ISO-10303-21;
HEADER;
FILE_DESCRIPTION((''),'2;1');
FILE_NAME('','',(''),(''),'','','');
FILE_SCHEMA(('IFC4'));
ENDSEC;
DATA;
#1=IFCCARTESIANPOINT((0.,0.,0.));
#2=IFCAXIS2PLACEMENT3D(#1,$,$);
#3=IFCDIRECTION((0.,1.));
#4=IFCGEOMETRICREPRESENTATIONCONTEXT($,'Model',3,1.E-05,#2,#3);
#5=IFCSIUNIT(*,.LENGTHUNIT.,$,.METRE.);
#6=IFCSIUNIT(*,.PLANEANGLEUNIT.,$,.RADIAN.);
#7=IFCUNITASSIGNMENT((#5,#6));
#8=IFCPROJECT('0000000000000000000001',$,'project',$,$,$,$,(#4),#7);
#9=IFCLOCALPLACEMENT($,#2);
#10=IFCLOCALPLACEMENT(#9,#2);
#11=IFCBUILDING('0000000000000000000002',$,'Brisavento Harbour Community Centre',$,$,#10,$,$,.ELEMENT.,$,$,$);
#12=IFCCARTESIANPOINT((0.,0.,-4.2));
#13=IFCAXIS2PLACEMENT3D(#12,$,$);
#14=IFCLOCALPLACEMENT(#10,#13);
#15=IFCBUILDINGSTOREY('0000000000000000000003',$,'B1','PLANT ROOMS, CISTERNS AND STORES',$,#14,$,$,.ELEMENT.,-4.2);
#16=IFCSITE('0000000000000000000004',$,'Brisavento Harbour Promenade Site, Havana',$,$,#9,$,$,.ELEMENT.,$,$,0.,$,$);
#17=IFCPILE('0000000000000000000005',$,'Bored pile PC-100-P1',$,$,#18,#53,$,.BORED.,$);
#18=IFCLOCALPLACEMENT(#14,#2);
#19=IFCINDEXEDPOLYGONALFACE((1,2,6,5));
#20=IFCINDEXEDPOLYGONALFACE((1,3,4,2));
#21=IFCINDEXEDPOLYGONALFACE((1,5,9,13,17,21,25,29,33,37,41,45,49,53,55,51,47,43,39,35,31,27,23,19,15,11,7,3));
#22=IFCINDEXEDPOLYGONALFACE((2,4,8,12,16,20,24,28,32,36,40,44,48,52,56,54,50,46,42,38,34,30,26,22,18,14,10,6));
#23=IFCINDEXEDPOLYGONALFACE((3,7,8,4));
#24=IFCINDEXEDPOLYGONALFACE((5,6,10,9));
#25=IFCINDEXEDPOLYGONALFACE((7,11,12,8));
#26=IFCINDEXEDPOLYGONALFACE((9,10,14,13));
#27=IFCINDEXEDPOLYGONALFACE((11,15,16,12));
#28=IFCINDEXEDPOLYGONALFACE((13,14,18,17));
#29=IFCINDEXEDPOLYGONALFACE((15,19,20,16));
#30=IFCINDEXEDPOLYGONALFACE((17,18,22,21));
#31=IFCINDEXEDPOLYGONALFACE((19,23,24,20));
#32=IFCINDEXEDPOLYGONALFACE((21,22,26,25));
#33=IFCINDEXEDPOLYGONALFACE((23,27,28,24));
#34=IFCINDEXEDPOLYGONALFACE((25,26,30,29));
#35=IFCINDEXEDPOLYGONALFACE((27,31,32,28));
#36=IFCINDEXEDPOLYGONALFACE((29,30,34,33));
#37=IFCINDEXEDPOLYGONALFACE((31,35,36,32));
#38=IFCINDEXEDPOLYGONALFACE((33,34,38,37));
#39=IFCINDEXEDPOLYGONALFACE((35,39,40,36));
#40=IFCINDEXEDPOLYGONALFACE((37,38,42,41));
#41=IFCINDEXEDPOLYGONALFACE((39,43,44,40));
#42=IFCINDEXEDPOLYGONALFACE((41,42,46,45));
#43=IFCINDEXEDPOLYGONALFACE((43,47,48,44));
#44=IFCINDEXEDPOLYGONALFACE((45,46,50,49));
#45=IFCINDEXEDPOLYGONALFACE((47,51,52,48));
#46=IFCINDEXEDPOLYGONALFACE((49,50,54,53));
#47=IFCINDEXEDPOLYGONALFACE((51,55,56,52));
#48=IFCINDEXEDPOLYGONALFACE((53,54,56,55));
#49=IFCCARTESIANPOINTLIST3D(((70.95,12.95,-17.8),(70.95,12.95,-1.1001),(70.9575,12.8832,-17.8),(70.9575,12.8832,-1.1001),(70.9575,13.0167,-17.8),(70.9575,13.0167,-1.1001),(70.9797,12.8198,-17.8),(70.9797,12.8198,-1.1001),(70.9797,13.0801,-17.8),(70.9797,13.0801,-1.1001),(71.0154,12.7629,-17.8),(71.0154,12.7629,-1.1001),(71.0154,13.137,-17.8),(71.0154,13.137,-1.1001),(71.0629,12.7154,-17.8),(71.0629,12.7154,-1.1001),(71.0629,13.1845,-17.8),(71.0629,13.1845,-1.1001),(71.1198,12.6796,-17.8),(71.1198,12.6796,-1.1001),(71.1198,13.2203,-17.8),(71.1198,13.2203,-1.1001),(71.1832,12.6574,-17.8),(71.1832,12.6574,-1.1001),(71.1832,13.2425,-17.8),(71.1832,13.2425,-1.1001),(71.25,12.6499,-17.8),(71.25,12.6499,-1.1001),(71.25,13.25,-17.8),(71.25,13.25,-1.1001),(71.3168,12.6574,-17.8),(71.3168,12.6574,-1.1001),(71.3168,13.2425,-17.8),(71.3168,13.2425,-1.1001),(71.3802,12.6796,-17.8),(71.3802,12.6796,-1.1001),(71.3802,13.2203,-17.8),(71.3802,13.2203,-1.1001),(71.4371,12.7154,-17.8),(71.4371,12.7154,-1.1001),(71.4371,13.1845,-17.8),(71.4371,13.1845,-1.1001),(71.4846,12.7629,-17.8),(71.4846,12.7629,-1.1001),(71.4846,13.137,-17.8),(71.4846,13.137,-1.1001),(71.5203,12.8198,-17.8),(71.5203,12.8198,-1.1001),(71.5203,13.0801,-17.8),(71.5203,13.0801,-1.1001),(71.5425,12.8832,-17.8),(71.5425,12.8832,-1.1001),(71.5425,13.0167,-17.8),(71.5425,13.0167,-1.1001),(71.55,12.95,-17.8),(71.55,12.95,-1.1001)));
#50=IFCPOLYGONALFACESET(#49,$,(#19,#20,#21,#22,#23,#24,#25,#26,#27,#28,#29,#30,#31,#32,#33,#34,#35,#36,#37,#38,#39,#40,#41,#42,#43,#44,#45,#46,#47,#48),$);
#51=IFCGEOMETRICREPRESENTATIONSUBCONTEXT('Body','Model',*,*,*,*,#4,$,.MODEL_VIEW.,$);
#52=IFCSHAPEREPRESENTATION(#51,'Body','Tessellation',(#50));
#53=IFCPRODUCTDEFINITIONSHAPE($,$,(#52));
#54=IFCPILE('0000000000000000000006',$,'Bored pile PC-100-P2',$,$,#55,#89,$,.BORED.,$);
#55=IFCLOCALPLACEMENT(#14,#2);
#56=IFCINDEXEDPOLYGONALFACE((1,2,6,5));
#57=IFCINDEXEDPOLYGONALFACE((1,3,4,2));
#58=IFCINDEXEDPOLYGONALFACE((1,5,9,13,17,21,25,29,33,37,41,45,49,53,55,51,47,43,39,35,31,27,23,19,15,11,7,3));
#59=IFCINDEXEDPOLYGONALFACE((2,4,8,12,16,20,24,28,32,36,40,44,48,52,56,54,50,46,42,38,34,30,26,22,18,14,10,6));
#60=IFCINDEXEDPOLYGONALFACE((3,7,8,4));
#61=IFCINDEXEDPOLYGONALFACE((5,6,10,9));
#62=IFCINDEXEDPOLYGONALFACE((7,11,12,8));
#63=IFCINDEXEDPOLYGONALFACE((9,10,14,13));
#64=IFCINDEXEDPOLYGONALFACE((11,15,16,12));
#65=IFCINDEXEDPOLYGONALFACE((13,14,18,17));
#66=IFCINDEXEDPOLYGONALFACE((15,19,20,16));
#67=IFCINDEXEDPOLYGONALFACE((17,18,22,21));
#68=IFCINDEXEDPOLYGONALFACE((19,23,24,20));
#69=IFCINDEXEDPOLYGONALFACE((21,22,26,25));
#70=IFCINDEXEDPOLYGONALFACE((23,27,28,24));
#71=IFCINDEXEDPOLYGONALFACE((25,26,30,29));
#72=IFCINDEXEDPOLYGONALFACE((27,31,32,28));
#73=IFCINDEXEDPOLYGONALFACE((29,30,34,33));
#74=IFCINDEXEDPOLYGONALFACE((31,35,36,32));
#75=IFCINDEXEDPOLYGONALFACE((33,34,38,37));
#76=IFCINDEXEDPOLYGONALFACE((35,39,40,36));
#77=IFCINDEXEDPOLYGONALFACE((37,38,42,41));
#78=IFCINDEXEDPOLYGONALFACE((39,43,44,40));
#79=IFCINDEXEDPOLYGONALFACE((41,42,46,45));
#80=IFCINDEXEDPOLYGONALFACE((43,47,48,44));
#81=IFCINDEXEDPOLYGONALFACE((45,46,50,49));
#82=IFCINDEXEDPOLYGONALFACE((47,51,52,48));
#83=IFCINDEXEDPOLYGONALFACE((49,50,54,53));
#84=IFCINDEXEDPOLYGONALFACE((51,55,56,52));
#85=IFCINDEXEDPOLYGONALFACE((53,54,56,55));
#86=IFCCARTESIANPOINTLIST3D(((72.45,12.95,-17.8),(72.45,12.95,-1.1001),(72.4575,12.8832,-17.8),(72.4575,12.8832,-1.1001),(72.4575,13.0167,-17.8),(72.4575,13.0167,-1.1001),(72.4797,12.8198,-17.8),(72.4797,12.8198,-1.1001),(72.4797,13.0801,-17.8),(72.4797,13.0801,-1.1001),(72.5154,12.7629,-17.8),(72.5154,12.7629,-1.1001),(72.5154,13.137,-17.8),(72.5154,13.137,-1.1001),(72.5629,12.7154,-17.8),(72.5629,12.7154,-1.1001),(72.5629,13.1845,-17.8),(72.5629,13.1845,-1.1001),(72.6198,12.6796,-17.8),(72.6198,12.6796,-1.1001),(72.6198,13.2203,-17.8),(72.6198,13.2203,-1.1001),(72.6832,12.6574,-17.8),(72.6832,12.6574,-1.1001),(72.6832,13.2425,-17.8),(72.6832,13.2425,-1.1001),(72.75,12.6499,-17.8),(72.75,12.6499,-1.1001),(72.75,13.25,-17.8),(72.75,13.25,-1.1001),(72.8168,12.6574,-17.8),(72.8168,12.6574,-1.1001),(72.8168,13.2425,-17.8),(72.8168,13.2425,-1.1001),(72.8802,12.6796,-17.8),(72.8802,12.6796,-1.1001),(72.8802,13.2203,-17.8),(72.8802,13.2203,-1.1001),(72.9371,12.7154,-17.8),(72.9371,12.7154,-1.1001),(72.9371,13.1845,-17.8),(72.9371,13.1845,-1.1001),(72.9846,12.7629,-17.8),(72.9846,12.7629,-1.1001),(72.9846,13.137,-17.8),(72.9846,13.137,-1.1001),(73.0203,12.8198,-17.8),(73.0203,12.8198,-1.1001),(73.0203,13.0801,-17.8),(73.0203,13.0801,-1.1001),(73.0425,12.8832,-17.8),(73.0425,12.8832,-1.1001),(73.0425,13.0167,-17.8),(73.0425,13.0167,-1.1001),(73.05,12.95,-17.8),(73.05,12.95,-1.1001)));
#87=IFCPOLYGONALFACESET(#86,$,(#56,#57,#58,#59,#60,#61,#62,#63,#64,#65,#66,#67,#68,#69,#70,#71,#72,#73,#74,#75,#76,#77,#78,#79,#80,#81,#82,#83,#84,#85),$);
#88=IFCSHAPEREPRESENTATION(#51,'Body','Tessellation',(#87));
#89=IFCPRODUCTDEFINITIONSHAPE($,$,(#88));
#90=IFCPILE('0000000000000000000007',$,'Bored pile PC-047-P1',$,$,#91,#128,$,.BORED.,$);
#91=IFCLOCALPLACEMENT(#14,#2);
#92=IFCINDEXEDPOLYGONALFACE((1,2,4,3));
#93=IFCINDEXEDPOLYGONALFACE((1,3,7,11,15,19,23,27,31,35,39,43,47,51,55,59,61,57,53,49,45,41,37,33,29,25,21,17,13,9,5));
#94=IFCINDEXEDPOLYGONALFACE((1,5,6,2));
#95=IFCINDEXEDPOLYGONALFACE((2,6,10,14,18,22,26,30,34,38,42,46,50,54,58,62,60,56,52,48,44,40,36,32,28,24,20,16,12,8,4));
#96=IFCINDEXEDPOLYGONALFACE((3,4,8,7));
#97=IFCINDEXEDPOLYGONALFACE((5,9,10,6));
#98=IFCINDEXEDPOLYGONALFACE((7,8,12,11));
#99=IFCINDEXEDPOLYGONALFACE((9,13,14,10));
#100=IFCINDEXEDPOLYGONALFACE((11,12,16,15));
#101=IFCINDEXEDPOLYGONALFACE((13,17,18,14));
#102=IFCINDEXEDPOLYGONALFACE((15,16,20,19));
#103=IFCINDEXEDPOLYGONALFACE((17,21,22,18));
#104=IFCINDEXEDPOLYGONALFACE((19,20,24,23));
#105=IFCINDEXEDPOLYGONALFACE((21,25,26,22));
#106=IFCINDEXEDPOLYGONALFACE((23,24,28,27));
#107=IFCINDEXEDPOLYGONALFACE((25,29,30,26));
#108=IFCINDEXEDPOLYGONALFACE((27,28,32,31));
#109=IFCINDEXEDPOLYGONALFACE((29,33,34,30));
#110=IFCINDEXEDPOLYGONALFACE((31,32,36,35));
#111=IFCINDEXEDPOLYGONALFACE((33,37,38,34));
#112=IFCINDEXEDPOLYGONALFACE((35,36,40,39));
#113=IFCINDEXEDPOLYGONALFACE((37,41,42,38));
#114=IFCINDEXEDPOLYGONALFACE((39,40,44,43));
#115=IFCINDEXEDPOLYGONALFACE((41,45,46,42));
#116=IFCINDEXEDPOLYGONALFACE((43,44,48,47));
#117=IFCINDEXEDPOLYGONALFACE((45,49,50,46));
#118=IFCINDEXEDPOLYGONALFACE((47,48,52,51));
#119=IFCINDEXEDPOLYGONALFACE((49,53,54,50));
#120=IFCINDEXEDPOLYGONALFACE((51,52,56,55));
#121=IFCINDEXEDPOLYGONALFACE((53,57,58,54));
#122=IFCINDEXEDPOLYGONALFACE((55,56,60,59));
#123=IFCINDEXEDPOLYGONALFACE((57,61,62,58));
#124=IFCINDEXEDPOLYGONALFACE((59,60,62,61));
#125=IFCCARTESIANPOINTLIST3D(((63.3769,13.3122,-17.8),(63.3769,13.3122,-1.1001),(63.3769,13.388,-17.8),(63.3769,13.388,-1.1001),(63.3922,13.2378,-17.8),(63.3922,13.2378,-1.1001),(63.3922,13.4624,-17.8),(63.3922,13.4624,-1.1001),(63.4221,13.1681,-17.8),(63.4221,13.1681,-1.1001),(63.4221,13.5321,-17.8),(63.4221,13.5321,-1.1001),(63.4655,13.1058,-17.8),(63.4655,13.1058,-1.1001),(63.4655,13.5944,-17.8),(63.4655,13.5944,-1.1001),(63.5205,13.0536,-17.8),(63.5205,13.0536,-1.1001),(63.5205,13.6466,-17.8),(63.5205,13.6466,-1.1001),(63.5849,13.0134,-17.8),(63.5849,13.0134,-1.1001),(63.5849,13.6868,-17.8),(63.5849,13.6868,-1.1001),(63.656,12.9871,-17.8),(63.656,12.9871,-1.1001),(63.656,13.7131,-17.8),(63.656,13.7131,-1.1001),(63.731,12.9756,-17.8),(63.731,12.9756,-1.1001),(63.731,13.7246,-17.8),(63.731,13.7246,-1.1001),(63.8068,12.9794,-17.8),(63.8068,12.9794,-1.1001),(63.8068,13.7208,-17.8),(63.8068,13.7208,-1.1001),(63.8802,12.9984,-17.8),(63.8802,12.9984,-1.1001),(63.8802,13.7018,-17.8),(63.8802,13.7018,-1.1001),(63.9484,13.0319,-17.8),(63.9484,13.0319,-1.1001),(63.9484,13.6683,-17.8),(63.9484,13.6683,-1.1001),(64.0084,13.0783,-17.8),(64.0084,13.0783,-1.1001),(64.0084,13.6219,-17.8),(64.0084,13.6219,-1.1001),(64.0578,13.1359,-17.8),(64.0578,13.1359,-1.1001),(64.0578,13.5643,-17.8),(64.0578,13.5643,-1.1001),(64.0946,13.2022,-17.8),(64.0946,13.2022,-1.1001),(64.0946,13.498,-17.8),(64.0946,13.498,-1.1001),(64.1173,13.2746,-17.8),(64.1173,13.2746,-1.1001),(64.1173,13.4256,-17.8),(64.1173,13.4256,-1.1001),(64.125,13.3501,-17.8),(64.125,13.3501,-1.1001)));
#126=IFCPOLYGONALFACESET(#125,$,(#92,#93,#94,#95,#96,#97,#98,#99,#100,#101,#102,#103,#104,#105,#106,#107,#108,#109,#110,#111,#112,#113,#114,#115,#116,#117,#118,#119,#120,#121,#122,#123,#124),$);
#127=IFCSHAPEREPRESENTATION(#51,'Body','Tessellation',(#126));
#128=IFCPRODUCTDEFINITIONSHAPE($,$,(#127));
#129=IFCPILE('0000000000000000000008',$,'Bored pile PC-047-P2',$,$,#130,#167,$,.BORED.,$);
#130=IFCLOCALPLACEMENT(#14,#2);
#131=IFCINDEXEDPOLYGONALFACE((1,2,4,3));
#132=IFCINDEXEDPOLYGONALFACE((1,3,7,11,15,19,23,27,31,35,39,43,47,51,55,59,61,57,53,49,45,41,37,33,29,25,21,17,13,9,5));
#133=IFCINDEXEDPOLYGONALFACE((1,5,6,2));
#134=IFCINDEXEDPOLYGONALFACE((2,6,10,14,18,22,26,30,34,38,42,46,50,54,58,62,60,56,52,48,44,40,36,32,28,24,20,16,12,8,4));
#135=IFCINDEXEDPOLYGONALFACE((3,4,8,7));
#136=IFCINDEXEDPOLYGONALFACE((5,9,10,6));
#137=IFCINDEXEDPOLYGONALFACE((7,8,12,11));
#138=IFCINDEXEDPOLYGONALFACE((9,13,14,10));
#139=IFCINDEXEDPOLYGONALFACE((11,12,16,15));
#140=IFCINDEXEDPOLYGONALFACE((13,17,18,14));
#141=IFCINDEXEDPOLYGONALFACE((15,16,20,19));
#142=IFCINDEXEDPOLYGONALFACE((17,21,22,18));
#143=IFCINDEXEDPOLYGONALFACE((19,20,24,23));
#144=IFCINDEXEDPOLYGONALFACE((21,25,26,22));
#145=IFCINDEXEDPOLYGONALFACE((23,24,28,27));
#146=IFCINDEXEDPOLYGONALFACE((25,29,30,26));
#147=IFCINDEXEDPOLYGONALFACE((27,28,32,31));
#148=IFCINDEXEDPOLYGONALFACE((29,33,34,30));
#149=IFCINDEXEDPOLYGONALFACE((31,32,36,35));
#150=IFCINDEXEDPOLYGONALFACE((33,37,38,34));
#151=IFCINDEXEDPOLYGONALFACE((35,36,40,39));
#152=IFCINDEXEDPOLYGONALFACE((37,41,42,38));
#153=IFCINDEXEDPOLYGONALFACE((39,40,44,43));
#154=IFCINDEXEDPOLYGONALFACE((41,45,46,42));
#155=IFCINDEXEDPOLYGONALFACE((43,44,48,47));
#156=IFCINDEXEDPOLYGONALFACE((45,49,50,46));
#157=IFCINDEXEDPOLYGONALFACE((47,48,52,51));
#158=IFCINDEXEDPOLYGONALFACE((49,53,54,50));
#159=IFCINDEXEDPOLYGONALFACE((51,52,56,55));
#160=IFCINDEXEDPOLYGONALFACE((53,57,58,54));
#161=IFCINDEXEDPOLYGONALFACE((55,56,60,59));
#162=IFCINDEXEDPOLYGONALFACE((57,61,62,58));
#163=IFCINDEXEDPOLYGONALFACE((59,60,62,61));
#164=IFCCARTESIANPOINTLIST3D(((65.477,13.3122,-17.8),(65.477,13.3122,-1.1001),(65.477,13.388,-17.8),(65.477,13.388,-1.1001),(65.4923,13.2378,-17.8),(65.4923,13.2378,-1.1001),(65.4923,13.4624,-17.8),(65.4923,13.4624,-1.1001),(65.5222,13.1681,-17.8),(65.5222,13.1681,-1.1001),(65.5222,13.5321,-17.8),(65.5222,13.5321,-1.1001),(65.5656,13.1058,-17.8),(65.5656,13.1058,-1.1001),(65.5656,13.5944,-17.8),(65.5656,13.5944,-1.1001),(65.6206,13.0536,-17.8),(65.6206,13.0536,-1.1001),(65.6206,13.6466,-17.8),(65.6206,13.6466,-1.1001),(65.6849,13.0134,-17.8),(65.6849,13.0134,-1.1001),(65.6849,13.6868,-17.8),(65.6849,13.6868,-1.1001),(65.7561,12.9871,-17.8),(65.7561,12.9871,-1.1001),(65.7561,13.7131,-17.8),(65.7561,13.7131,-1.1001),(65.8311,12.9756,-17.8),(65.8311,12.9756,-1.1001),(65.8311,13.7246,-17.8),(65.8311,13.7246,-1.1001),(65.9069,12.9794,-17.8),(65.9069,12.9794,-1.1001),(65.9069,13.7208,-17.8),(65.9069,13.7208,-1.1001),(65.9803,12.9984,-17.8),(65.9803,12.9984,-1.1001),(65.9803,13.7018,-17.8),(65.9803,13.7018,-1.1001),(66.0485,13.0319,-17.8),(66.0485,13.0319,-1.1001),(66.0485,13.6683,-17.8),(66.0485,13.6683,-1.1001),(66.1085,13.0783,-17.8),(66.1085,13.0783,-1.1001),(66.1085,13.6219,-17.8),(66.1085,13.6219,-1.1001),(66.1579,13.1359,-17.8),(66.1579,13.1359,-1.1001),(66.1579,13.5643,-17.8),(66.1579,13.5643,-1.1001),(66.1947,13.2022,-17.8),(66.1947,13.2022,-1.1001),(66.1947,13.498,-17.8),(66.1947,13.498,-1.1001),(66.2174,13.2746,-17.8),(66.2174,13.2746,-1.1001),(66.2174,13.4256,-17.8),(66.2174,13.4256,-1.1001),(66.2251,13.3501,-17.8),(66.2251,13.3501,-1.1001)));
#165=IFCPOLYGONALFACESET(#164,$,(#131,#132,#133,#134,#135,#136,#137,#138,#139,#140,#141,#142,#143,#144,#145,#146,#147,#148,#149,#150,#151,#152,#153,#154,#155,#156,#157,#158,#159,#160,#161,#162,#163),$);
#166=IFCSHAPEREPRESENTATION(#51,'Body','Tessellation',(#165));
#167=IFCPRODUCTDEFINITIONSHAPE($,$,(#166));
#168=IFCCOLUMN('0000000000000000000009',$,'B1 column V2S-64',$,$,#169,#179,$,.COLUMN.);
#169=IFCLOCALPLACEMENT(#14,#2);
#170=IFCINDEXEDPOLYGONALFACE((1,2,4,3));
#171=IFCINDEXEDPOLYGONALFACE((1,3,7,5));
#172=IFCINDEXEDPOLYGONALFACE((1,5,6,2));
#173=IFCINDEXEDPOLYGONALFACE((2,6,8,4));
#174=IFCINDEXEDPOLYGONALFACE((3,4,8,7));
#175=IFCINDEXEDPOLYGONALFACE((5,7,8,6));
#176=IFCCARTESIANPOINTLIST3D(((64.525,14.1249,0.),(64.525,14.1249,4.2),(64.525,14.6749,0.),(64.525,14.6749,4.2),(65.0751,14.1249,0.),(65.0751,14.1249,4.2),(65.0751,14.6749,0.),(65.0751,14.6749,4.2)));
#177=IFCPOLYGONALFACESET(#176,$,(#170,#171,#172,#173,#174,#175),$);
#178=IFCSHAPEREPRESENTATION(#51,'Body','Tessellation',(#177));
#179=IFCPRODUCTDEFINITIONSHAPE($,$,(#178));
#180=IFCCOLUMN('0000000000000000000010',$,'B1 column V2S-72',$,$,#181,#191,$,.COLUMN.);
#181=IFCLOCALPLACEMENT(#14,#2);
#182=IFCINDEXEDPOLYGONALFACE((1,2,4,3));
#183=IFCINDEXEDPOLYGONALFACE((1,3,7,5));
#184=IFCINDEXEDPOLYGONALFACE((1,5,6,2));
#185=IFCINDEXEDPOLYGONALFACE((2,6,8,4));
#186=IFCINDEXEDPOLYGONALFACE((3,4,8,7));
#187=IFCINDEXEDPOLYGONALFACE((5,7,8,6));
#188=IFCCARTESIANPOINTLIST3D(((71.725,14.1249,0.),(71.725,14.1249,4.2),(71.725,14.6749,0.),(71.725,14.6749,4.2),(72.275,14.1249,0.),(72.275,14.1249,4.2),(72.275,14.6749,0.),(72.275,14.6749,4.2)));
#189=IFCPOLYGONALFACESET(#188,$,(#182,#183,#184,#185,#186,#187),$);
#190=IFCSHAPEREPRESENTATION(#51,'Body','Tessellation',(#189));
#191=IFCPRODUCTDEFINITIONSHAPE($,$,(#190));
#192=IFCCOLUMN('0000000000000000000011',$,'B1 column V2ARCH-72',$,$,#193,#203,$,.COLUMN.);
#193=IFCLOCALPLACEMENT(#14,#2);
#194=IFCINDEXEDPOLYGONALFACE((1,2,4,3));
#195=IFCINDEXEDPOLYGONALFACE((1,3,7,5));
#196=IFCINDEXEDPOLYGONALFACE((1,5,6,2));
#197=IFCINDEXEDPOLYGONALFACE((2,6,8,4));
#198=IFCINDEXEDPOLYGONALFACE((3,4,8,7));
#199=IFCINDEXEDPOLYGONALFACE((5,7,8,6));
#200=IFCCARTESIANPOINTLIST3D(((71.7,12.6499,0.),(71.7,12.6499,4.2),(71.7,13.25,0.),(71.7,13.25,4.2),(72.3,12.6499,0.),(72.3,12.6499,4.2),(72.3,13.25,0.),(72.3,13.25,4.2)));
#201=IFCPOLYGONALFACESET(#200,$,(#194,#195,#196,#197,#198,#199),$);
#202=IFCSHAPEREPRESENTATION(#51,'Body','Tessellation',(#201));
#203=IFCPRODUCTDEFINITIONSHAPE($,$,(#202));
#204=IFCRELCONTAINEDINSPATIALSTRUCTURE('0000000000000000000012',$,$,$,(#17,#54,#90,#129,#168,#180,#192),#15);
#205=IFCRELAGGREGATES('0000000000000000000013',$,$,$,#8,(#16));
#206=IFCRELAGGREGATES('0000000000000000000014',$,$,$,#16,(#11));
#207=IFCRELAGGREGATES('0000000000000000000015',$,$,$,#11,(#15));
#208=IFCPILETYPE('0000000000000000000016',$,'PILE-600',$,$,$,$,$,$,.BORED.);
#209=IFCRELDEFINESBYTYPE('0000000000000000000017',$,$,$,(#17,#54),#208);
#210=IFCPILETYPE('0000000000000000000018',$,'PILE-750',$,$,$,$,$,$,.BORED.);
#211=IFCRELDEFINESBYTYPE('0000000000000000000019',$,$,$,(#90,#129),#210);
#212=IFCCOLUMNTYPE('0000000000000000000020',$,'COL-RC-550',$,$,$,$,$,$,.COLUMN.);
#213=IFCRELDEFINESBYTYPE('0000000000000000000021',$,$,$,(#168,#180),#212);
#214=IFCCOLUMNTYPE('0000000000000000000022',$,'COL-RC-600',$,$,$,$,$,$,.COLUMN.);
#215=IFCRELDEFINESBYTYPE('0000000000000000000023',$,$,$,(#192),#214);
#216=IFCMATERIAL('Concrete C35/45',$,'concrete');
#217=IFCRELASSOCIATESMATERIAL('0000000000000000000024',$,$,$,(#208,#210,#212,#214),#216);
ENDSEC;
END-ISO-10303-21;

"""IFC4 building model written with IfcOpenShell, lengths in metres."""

from ifc_helpers import new_model, si_unit, direction, frame, origin, origin_2d, place, context, subcontext, project, spatial, rectangle, circle, extrude, material, material_profile, profile_set, type_object, element, save


model = new_model("IFC4")

# Units and contexts
model_context = context("Model", 3, precision=1e-05, world=origin(), true_north=direction((0.0, 1.0)))
body_context = subcontext(model_context, "Body", "Model", "MODEL_VIEW")
ifc_project = project(units=[si_unit("LENGTHUNIT", "METRE"), si_unit("PLANEANGLEUNIT", "RADIAN")], contexts=[model_context])

# Site, building, storey
site_placement = place(None, origin())
site = spatial("IfcSite", under=ifc_project, at=site_placement, Name="Brisavento Harbour Promenade Site, Havana", CompositionType="ELEMENT", RefElevation=0.0)
building_placement = place(site_placement, origin())
building = spatial("IfcBuilding", under=site, at=building_placement, Name="Brisavento Harbour Community Centre", CompositionType="ELEMENT")
storey_placement = place(building_placement, frame((0.0, 0.0, -4.2)))
storey = spatial("IfcBuildingStorey", under=building, at=storey_placement, Name="B1", Description="PLANT ROOMS, CISTERNS AND STORES", CompositionType="ELEMENT", Elevation=-4.2)

# Shared definitions
ifc_material_1 = material(Name="Concrete C35/45", Category="concrete")

# Piles
ifc_material_profile_1 = material_profile(ifc_material_1, circle(Radius=0.3, at=origin_2d()), Name="Concrete C35/45")
ifc_profile_set_1 = profile_set([ifc_material_profile_1], Name="Concrete C35/45")
pile_type_1 = type_object("IfcPileType", Name="PILE-600", PredefinedType="BORED", material=ifc_profile_set_1)
for number, where, z_axis, x_axis, name in (
    (1, (71.25, 12.95, -1.1001), (0.0, 0.0, -1.0), (1.0, 0.0, 0.0), "Bored pile PC-100-P1"),
    (2, (72.75, 12.95, -1.1001), (0.0, 0.0, -1.0), (1.0, 0.0, 0.0), "Bored pile PC-100-P2"),
):
    element("IfcPile", number, at=place(storey_placement, frame(where, z_axis=z_axis, x_axis=x_axis)), inside=storey, type_object=pile_type_1, Name=name, PredefinedType="BORED", context=body_context, shape_type="SweptSolid", body=[
        extrude(circle(Radius=0.3, at=origin_2d()), origin(), (0.0, 0.0, 1.0), 16.7),
    ])
ifc_material_profile_2 = material_profile(ifc_material_1, circle(Radius=0.375, at=origin_2d()), Name="Concrete C35/45")
ifc_profile_set_2 = profile_set([ifc_material_profile_2], Name="Concrete C35/45")
pile_type_2 = type_object("IfcPileType", Name="PILE-750", PredefinedType="BORED", material=ifc_profile_set_2)
for number, where, z_axis, x_axis, name in (
    (3, (63.75, 13.3501, -1.1001), (0.0, 0.0, -1.0), (1.0, 0.0, 0.0), "Bored pile PC-047-P1"),
    (4, (65.8501, 13.3501, -1.1001), (0.0, 0.0, -1.0), (1.0, 0.0, 0.0), "Bored pile PC-047-P2"),
):
    element("IfcPile", number, at=place(storey_placement, frame(where, z_axis=z_axis, x_axis=x_axis)), inside=storey, type_object=pile_type_2, Name=name, PredefinedType="BORED", context=body_context, shape_type="SweptSolid", body=[
        extrude(circle(Radius=0.375, at=origin_2d()), origin(), (0.0, 0.0, 1.0), 16.7),
    ])

# Columns
ifc_material_profile_3 = material_profile(ifc_material_1, rectangle(XDim=0.55, YDim=0.55, at=origin_2d()), Name="Concrete C35/45")
ifc_profile_set_3 = profile_set([ifc_material_profile_3], Name="Concrete C35/45")
column_type_1 = type_object("IfcColumnType", Name="COL-RC-550", PredefinedType="COLUMN", material=ifc_profile_set_3)
for number, where, z_axis, x_axis, name in (
    (5, (64.8, 14.3999, 0.0), (0.0, 0.0, 1.0), (1.0, 0.0, 0.0), "B1 column V2S-64"),
    (6, (72.0, 14.3999, 0.0), (0.0, 0.0, 1.0), (1.0, 0.0, 0.0), "B1 column V2S-72"),
):
    element("IfcColumn", number, at=place(storey_placement, frame(where, z_axis=z_axis, x_axis=x_axis)), inside=storey, type_object=column_type_1, Name=name, PredefinedType="COLUMN", context=body_context, shape_type="SweptSolid", body=[
        extrude(rectangle(XDim=0.55, YDim=0.55, at=origin_2d()), origin(), (0.0, 0.0, 1.0), 4.2),
    ])
ifc_material_profile_4 = material_profile(ifc_material_1, rectangle(XDim=0.6001, YDim=0.6001, at=origin_2d()), Name="Concrete C35/45")
ifc_profile_set_4 = profile_set([ifc_material_profile_4], Name="Concrete C35/45")
column_type_2 = type_object("IfcColumnType", Name="COL-RC-600", PredefinedType="COLUMN", material=ifc_profile_set_4)
column_placement = place(storey_placement, frame((72.0, 12.95, 0.0), z_axis=(0.0, 0.0, 1.0), x_axis=(1.0, 0.0, 0.0)))
element("IfcColumn", 7, at=column_placement, inside=storey, type_object=column_type_2, Name="B1 column V2ARCH-72", PredefinedType="COLUMN", context=body_context, shape_type="SweptSolid", body=[
    extrude(rectangle(XDim=0.6001, YDim=0.6001, at=origin_2d()), origin(), (0.0, 0.0, 1.0), 4.2),
])

save(model, "model.ifc")
